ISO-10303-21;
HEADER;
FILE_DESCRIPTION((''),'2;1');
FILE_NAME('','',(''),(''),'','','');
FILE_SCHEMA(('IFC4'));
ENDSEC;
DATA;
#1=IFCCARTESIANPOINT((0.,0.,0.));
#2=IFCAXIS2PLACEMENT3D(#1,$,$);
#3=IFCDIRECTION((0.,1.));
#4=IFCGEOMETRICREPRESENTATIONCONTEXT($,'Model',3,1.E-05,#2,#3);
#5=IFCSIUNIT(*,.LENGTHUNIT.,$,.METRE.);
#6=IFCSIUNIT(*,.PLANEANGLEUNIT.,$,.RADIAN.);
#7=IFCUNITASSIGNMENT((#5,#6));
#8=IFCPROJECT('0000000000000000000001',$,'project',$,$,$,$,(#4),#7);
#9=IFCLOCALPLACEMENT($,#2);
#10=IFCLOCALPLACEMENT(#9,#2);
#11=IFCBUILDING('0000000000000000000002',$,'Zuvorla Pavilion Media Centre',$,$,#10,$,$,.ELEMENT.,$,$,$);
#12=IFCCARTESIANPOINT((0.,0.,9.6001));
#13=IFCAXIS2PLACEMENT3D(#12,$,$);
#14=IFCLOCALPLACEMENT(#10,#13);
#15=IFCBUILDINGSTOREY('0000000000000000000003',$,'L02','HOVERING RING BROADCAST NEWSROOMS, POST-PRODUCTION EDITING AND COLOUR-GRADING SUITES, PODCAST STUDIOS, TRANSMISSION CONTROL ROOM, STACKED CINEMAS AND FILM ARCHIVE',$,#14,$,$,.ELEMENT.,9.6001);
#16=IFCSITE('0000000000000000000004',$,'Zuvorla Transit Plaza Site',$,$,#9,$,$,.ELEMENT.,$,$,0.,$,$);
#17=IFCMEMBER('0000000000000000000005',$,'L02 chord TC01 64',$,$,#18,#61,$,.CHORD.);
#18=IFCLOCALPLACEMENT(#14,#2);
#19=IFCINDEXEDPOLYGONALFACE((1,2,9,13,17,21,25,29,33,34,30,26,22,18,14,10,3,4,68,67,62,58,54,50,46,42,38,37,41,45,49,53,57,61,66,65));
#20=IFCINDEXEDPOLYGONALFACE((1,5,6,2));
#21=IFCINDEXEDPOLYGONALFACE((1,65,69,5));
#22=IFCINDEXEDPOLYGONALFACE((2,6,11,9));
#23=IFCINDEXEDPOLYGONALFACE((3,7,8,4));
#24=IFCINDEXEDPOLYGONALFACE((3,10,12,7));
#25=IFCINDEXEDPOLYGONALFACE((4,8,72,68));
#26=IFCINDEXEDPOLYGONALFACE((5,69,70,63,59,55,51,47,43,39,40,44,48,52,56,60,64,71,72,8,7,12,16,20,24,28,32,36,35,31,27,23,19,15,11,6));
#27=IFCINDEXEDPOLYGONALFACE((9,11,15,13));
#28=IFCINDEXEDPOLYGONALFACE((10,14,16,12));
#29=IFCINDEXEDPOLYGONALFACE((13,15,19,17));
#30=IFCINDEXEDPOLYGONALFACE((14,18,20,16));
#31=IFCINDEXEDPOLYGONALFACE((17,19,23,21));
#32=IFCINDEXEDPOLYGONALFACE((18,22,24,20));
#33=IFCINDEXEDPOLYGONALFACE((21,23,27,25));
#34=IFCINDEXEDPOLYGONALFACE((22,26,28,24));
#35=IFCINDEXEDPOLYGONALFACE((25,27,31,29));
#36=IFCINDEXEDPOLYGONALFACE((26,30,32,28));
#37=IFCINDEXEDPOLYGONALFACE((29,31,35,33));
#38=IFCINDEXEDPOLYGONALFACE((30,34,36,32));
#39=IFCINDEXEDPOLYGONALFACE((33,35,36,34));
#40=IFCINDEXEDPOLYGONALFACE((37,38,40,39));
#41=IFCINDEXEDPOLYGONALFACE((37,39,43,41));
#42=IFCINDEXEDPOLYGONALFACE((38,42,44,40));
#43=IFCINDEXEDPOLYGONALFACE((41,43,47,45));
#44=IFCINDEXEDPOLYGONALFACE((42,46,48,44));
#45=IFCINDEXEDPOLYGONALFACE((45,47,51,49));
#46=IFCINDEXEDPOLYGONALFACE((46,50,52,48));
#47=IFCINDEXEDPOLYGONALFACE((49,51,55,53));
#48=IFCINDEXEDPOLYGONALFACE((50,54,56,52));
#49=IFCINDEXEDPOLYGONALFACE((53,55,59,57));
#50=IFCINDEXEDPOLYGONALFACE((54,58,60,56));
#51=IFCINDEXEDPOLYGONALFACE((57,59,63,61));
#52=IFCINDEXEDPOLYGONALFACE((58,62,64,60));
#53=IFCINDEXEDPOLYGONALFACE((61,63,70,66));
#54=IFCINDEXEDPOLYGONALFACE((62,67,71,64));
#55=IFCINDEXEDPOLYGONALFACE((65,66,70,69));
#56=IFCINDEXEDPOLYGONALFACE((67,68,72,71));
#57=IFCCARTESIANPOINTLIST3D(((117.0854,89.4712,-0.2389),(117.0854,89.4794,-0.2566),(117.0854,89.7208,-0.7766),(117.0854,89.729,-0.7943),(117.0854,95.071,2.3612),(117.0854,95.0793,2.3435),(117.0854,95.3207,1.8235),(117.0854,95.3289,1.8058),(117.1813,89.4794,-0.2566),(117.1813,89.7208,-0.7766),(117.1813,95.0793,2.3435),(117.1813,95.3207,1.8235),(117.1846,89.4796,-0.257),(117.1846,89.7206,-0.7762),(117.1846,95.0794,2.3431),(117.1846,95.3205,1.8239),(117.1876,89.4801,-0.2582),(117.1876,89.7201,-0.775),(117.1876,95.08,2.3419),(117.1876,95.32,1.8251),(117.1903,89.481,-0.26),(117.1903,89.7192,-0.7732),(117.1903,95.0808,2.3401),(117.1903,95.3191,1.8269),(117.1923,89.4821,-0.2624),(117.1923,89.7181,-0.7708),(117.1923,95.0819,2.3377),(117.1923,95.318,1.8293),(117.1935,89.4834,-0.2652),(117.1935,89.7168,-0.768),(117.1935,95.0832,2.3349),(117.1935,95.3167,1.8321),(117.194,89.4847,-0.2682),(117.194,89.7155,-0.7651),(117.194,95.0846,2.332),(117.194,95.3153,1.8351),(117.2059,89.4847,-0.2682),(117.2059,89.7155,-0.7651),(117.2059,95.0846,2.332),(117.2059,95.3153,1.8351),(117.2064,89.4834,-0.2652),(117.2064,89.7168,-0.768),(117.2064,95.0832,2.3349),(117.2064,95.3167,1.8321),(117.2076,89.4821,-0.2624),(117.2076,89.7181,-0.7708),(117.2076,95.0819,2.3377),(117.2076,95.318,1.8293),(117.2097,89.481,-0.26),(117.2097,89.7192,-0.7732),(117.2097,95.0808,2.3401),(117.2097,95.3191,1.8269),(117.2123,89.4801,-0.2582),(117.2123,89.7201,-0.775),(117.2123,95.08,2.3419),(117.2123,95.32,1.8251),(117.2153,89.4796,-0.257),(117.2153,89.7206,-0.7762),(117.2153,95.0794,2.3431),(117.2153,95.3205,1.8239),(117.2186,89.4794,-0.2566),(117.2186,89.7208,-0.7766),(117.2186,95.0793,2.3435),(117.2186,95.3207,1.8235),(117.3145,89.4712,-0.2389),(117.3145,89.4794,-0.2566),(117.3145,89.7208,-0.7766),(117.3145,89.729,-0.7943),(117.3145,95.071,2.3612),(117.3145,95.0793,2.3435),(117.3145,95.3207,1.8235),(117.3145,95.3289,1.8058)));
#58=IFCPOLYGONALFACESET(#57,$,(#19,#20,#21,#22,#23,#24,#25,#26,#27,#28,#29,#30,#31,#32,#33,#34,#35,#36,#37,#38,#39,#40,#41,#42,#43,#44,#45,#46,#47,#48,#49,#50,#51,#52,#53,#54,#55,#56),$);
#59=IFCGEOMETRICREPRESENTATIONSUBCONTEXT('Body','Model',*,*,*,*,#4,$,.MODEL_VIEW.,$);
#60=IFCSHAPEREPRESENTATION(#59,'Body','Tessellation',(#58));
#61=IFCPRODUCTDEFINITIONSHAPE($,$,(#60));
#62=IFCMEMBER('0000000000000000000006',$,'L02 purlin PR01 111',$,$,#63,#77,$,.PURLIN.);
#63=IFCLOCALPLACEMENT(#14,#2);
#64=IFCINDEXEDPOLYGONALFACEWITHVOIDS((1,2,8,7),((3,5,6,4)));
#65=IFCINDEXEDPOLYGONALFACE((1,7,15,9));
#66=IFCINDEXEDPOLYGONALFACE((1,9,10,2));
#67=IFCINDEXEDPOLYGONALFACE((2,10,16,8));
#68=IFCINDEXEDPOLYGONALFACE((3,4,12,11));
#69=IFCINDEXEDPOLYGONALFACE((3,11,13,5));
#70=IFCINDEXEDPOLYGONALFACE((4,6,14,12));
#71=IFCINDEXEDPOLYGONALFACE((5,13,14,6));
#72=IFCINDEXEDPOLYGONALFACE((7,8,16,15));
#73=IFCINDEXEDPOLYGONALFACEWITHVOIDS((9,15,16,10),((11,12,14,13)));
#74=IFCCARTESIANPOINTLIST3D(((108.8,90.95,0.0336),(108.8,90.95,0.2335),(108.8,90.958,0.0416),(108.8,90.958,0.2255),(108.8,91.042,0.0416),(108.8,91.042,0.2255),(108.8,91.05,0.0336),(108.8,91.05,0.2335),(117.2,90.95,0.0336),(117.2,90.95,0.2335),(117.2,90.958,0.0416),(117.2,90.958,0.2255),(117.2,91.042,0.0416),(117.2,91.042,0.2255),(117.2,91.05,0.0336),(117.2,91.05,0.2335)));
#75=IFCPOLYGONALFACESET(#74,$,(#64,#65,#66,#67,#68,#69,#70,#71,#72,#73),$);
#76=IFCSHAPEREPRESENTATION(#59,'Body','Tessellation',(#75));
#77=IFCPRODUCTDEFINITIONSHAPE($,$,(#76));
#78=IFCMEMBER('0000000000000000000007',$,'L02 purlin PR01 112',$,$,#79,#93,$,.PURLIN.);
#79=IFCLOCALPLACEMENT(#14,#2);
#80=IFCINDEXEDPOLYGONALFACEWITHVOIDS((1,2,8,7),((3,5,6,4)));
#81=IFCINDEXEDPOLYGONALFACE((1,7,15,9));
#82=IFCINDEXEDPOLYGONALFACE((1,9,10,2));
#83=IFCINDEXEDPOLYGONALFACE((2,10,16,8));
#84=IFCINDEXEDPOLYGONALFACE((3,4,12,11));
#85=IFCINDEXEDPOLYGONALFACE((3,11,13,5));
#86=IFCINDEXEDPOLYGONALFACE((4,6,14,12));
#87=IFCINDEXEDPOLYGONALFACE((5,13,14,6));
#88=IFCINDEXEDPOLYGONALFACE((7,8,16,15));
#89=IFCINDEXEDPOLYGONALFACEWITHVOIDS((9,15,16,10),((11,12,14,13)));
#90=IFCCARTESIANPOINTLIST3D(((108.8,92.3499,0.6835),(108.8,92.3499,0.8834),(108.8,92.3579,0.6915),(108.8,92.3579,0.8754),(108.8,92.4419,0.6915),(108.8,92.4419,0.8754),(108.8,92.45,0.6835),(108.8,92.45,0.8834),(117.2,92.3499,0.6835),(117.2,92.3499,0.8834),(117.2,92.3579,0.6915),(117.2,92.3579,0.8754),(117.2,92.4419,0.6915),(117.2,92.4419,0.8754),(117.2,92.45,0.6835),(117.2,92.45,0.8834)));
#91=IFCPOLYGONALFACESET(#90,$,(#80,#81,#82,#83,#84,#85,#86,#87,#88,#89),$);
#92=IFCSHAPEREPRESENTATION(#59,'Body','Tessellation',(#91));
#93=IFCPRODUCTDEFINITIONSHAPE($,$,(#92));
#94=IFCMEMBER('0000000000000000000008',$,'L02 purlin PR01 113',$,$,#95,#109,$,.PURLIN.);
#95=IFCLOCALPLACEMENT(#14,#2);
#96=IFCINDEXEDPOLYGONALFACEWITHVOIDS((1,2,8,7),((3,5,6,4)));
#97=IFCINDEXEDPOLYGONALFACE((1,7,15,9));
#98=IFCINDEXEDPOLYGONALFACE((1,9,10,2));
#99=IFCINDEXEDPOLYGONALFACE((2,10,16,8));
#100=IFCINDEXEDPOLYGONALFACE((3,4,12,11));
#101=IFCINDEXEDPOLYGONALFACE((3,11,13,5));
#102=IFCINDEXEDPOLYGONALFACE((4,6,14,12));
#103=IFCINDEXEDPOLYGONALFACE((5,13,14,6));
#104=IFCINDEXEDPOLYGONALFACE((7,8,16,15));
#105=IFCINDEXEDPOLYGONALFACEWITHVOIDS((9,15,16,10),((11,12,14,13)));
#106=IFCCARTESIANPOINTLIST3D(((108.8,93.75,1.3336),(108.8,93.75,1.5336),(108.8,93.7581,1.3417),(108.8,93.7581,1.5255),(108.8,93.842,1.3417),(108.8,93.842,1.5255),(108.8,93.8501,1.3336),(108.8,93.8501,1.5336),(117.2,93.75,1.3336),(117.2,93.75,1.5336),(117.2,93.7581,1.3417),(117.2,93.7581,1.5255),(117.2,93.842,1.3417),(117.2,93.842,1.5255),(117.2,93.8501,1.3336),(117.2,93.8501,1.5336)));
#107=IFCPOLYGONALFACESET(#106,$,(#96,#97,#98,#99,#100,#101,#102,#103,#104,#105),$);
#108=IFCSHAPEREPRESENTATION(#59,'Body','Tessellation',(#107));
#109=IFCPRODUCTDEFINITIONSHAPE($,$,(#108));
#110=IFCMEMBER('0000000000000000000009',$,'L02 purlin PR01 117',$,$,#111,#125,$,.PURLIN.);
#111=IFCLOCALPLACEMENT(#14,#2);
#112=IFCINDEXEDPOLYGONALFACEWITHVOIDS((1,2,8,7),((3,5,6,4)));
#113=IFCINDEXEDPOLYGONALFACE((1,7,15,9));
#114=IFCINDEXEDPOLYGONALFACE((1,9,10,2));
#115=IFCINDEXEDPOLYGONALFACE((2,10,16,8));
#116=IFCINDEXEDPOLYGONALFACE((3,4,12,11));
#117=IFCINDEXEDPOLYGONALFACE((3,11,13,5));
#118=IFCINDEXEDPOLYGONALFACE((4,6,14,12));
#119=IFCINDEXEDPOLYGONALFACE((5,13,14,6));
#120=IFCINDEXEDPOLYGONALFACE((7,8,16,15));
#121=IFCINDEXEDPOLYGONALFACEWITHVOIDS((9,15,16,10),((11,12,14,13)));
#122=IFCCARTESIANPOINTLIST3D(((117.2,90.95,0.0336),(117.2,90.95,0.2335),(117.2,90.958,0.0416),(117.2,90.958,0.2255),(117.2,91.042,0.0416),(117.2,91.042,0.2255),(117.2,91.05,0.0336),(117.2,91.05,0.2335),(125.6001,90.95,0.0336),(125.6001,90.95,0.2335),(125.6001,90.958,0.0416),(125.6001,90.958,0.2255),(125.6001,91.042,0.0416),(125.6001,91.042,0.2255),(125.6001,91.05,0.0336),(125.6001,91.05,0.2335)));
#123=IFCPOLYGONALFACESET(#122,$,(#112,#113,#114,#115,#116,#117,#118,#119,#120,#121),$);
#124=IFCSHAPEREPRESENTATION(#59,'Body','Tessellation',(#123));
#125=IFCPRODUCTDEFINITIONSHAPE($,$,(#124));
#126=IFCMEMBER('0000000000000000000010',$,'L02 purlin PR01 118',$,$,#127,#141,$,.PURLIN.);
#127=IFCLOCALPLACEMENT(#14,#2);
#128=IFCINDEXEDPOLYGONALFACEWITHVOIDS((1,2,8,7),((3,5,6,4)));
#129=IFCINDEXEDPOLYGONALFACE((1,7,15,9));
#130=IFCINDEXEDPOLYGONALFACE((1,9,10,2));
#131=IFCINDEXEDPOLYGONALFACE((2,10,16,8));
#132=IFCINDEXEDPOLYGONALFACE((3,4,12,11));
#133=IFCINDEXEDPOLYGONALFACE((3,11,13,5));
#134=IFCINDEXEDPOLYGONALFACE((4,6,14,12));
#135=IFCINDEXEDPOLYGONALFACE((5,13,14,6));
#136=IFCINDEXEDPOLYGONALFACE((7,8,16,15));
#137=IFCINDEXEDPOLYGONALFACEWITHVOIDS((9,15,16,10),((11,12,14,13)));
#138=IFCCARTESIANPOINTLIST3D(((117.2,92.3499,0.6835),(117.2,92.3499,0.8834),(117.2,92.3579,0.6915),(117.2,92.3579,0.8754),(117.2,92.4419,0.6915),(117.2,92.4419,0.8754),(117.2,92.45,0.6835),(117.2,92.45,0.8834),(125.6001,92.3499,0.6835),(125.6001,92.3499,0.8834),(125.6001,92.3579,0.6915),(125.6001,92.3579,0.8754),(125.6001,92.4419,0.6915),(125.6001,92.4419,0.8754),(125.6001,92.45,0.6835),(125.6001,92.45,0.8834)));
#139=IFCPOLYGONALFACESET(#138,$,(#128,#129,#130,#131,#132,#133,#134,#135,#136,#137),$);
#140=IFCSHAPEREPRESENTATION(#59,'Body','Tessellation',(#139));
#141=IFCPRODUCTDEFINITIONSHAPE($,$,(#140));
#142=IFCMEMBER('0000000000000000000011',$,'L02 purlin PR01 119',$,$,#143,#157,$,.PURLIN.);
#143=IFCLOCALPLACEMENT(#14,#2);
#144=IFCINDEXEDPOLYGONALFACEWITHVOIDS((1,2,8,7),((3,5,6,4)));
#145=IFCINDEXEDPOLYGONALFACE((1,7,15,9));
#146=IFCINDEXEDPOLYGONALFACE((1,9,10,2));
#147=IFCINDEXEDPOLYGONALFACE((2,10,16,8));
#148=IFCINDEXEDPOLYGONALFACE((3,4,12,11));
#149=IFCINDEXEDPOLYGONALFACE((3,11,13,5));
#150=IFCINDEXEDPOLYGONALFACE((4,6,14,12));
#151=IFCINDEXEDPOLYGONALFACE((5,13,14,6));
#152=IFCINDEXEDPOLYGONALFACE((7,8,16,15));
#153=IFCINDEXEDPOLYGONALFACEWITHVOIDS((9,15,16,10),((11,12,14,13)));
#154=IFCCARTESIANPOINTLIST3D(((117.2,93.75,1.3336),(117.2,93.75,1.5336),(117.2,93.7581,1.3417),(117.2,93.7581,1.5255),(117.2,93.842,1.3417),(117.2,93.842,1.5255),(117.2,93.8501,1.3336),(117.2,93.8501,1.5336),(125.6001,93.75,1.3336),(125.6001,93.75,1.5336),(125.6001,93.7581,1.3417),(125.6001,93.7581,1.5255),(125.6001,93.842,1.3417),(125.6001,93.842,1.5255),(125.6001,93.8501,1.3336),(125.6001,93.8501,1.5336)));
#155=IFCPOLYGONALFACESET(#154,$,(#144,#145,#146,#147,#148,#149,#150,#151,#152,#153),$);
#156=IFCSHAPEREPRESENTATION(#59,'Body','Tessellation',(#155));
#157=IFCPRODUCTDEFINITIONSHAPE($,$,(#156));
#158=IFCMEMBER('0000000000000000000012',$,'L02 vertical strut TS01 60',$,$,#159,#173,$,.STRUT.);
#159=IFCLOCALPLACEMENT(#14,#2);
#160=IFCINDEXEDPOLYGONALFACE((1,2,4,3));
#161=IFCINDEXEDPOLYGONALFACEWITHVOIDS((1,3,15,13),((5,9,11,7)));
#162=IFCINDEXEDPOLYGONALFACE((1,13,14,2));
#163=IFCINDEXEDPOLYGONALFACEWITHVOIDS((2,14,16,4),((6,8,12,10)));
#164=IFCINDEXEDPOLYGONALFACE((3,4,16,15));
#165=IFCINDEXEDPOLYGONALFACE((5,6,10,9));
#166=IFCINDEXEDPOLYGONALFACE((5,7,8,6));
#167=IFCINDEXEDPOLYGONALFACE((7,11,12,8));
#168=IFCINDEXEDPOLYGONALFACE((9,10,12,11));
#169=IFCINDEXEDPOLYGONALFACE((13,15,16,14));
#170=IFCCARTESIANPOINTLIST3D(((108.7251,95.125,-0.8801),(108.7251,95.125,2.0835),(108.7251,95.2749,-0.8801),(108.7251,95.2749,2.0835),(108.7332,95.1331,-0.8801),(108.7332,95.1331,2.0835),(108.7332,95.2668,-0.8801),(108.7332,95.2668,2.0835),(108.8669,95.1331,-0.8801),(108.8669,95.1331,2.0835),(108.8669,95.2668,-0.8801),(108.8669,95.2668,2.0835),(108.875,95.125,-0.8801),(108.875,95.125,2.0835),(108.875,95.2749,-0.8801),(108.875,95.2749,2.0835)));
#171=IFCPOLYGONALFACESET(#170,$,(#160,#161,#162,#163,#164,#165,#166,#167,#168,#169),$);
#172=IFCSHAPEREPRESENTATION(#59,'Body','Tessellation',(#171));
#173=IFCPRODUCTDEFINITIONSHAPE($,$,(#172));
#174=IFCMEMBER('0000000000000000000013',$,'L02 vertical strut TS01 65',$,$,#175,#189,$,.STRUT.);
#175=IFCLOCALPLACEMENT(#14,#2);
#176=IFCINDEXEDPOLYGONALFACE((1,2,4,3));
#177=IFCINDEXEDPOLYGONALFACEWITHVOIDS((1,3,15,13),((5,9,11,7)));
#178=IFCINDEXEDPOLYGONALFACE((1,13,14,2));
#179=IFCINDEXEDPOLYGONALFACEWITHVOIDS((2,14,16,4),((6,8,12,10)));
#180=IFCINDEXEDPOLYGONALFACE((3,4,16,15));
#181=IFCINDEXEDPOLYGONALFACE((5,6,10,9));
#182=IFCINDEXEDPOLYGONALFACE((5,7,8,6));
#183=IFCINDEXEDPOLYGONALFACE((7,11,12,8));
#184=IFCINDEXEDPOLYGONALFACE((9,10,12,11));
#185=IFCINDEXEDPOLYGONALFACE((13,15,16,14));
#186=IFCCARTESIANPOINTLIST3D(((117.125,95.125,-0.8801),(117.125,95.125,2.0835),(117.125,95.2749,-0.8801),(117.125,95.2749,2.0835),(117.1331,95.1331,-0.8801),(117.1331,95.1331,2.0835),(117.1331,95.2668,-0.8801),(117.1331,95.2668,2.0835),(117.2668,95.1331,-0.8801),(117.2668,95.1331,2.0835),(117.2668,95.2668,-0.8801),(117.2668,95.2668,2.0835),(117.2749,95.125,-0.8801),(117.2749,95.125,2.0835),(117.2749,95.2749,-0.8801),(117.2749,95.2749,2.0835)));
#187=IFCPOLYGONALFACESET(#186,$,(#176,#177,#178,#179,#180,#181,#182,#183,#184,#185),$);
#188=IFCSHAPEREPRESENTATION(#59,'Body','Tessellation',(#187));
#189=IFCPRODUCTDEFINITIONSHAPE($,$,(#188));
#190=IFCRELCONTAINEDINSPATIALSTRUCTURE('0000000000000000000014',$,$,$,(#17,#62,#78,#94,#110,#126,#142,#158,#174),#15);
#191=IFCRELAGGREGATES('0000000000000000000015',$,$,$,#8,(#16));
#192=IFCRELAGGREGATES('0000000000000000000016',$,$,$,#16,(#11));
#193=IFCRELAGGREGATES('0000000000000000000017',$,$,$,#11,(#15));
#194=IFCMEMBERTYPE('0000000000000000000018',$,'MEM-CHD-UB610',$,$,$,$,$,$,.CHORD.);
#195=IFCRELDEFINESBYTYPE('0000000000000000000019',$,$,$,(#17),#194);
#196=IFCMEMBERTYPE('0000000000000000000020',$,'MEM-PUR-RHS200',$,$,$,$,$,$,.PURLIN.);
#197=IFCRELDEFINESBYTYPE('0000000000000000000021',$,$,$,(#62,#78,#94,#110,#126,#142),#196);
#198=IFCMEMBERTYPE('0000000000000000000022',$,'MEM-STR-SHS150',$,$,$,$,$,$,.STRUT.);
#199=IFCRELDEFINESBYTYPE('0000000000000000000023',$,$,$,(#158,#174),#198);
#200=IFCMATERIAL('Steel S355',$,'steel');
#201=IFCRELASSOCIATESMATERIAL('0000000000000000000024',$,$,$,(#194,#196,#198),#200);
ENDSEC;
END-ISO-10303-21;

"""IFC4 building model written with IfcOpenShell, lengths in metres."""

from ifc_helpers import new_model, si_unit, direction, frame, origin, origin_2d, place, context, subcontext, project, spatial, hollow_rectangle, i_section, extrude, material, material_profile, profile_set, type_object, element, save


model = new_model("IFC4")

# Units and contexts
model_context = context("Model", 3, precision=1e-05, world=origin(), true_north=direction((0.0, 1.0)))
body_context = subcontext(model_context, "Body", "Model", "MODEL_VIEW")
ifc_project = project(units=[si_unit("LENGTHUNIT", "METRE"), si_unit("PLANEANGLEUNIT", "RADIAN")], contexts=[model_context])

# Site, building, storey
site_placement = place(None, origin())
site = spatial("IfcSite", under=ifc_project, at=site_placement, Name="Zuvorla Transit Plaza Site", CompositionType="ELEMENT", RefElevation=0.0)
building_placement = place(site_placement, origin())
building = spatial("IfcBuilding", under=site, at=building_placement, Name="Zuvorla Pavilion Media Centre", CompositionType="ELEMENT")
storey_placement = place(building_placement, frame((0.0, 0.0, 9.6001)))
storey = spatial("IfcBuildingStorey", under=building, at=storey_placement, Name="L02", Description="HOVERING RING BROADCAST NEWSROOMS, POST-PRODUCTION EDITING AND COLOUR-GRADING SUITES, PODCAST STUDIOS, TRANSMISSION CONTROL ROOM, STACKED CINEMAS AND FILM ARCHIVE", CompositionType="ELEMENT", Elevation=9.6001)

# Members
ifc_material = material(Name="Steel S355", Category="steel")
ifc_material_profile_1 = material_profile(ifc_material, i_section(OverallWidth=0.229, OverallDepth=0.6123, WebThickness=0.012, FlangeThickness=0.0195, FilletRadius=0.0127, at=origin_2d()), Name="UB 610x229x125")
ifc_profile_set_1 = profile_set([ifc_material_profile_1], Name="Steel S355")
member_type_1 = type_object("IfcMemberType", Name="MEM-CHD-UB610", PredefinedType="CHORD", material=ifc_profile_set_1)
member_1_placement = place(storey_placement, frame((117.2, 89.6001, -0.5166), z_axis=(0.0, 0.906999, 0.421133), x_axis=(-1.0, 0.0, 0.0)))
element("IfcMember", 1, at=member_1_placement, inside=storey, type_object=member_type_1, Name="L02 chord TC01 64", PredefinedType="CHORD", context=body_context, shape_type="SweptSolid", body=[
    extrude(i_section(OverallWidth=0.229, OverallDepth=0.6123, WebThickness=0.012, FlangeThickness=0.0195, FilletRadius=0.0127, at=origin_2d()), origin(), (0.0, 0.0, 1.0), 6.1741),
])
ifc_material_profile_2 = material_profile(ifc_material, hollow_rectangle(XDim=0.1001, YDim=0.2, WallThickness=0.0081, at=origin_2d()), Name="RHS 200x100x8")
ifc_profile_set_2 = profile_set([ifc_material_profile_2], Name="Steel S355")
member_type_2 = type_object("IfcMemberType", Name="MEM-PUR-RHS200", PredefinedType="PURLIN", material=ifc_profile_set_2)
for number, where, z_axis, x_axis, name in (
    (2, (108.8, 91.0, 0.1335), (1.0, 0.0, 0.0), (0.0, 1.0, 0.0), "L02 purlin PR01 111"),
    (3, (108.8, 92.3999, 0.7834), (1.0, 0.0, 0.0), (0.0, 1.0, 0.0), "L02 purlin PR01 112"),
    (4, (108.8, 93.8, 1.4336), (1.0, 0.0, 0.0), (0.0, 1.0, 0.0), "L02 purlin PR01 113"),
):
    element("IfcMember", number, at=place(storey_placement, frame(where, z_axis=z_axis, x_axis=x_axis)), inside=storey, type_object=member_type_2, Name=name, PredefinedType="PURLIN", context=body_context, shape_type="SweptSolid", body=[
        extrude(hollow_rectangle(XDim=0.1001, YDim=0.2, WallThickness=0.0081, at=origin_2d()), origin(), (0.0, 0.0, 1.0), 8.3999),
    ])
for number, where, z_axis, x_axis, name in (
    (5, (117.2, 91.0, 0.1335), (1.0, 0.0, 0.0), (0.0, 1.0, 0.0), "L02 purlin PR01 117"),
    (6, (117.2, 92.3999, 0.7834), (1.0, 0.0, 0.0), (0.0, 1.0, 0.0), "L02 purlin PR01 118"),
    (7, (117.2, 93.8, 1.4336), (1.0, 0.0, 0.0), (0.0, 1.0, 0.0), "L02 purlin PR01 119"),
):
    element("IfcMember", number, at=place(storey_placement, frame(where, z_axis=z_axis, x_axis=x_axis)), inside=storey, type_object=member_type_2, Name=name, PredefinedType="PURLIN", context=body_context, shape_type="SweptSolid", body=[
        extrude(hollow_rectangle(XDim=0.1001, YDim=0.2, WallThickness=0.0081, at=origin_2d()), origin(), (0.0, 0.0, 1.0), 8.4001),
    ])
ifc_material_profile_3 = material_profile(ifc_material, hollow_rectangle(XDim=0.1499, YDim=0.1499, WallThickness=0.0081, at=origin_2d()), Name="SHS 150x150x8")
ifc_profile_set_3 = profile_set([ifc_material_profile_3], Name="Steel S355")
member_type_3 = type_object("IfcMemberType", Name="MEM-STR-SHS150", PredefinedType="STRUT", material=ifc_profile_set_3)
for number, where, z_axis, x_axis, name in (
    (8, (108.8, 95.2, -0.8801), (0.0, 0.0, 1.0), (1.0, 0.0, 0.0), "L02 vertical strut TS01 60"),
    (9, (117.2, 95.2, -0.8801), (0.0, 0.0, 1.0), (1.0, 0.0, 0.0), "L02 vertical strut TS01 65"),
):
    element("IfcMember", number, at=place(storey_placement, frame(where, z_axis=z_axis, x_axis=x_axis)), inside=storey, type_object=member_type_3, Name=name, PredefinedType="STRUT", context=body_context, shape_type="SweptSolid", body=[
        extrude(hollow_rectangle(XDim=0.1499, YDim=0.1499, WallThickness=0.0081, at=origin_2d()), origin(), (0.0, 0.0, 1.0), 2.9636),
    ])

save(model, "model.ifc")
